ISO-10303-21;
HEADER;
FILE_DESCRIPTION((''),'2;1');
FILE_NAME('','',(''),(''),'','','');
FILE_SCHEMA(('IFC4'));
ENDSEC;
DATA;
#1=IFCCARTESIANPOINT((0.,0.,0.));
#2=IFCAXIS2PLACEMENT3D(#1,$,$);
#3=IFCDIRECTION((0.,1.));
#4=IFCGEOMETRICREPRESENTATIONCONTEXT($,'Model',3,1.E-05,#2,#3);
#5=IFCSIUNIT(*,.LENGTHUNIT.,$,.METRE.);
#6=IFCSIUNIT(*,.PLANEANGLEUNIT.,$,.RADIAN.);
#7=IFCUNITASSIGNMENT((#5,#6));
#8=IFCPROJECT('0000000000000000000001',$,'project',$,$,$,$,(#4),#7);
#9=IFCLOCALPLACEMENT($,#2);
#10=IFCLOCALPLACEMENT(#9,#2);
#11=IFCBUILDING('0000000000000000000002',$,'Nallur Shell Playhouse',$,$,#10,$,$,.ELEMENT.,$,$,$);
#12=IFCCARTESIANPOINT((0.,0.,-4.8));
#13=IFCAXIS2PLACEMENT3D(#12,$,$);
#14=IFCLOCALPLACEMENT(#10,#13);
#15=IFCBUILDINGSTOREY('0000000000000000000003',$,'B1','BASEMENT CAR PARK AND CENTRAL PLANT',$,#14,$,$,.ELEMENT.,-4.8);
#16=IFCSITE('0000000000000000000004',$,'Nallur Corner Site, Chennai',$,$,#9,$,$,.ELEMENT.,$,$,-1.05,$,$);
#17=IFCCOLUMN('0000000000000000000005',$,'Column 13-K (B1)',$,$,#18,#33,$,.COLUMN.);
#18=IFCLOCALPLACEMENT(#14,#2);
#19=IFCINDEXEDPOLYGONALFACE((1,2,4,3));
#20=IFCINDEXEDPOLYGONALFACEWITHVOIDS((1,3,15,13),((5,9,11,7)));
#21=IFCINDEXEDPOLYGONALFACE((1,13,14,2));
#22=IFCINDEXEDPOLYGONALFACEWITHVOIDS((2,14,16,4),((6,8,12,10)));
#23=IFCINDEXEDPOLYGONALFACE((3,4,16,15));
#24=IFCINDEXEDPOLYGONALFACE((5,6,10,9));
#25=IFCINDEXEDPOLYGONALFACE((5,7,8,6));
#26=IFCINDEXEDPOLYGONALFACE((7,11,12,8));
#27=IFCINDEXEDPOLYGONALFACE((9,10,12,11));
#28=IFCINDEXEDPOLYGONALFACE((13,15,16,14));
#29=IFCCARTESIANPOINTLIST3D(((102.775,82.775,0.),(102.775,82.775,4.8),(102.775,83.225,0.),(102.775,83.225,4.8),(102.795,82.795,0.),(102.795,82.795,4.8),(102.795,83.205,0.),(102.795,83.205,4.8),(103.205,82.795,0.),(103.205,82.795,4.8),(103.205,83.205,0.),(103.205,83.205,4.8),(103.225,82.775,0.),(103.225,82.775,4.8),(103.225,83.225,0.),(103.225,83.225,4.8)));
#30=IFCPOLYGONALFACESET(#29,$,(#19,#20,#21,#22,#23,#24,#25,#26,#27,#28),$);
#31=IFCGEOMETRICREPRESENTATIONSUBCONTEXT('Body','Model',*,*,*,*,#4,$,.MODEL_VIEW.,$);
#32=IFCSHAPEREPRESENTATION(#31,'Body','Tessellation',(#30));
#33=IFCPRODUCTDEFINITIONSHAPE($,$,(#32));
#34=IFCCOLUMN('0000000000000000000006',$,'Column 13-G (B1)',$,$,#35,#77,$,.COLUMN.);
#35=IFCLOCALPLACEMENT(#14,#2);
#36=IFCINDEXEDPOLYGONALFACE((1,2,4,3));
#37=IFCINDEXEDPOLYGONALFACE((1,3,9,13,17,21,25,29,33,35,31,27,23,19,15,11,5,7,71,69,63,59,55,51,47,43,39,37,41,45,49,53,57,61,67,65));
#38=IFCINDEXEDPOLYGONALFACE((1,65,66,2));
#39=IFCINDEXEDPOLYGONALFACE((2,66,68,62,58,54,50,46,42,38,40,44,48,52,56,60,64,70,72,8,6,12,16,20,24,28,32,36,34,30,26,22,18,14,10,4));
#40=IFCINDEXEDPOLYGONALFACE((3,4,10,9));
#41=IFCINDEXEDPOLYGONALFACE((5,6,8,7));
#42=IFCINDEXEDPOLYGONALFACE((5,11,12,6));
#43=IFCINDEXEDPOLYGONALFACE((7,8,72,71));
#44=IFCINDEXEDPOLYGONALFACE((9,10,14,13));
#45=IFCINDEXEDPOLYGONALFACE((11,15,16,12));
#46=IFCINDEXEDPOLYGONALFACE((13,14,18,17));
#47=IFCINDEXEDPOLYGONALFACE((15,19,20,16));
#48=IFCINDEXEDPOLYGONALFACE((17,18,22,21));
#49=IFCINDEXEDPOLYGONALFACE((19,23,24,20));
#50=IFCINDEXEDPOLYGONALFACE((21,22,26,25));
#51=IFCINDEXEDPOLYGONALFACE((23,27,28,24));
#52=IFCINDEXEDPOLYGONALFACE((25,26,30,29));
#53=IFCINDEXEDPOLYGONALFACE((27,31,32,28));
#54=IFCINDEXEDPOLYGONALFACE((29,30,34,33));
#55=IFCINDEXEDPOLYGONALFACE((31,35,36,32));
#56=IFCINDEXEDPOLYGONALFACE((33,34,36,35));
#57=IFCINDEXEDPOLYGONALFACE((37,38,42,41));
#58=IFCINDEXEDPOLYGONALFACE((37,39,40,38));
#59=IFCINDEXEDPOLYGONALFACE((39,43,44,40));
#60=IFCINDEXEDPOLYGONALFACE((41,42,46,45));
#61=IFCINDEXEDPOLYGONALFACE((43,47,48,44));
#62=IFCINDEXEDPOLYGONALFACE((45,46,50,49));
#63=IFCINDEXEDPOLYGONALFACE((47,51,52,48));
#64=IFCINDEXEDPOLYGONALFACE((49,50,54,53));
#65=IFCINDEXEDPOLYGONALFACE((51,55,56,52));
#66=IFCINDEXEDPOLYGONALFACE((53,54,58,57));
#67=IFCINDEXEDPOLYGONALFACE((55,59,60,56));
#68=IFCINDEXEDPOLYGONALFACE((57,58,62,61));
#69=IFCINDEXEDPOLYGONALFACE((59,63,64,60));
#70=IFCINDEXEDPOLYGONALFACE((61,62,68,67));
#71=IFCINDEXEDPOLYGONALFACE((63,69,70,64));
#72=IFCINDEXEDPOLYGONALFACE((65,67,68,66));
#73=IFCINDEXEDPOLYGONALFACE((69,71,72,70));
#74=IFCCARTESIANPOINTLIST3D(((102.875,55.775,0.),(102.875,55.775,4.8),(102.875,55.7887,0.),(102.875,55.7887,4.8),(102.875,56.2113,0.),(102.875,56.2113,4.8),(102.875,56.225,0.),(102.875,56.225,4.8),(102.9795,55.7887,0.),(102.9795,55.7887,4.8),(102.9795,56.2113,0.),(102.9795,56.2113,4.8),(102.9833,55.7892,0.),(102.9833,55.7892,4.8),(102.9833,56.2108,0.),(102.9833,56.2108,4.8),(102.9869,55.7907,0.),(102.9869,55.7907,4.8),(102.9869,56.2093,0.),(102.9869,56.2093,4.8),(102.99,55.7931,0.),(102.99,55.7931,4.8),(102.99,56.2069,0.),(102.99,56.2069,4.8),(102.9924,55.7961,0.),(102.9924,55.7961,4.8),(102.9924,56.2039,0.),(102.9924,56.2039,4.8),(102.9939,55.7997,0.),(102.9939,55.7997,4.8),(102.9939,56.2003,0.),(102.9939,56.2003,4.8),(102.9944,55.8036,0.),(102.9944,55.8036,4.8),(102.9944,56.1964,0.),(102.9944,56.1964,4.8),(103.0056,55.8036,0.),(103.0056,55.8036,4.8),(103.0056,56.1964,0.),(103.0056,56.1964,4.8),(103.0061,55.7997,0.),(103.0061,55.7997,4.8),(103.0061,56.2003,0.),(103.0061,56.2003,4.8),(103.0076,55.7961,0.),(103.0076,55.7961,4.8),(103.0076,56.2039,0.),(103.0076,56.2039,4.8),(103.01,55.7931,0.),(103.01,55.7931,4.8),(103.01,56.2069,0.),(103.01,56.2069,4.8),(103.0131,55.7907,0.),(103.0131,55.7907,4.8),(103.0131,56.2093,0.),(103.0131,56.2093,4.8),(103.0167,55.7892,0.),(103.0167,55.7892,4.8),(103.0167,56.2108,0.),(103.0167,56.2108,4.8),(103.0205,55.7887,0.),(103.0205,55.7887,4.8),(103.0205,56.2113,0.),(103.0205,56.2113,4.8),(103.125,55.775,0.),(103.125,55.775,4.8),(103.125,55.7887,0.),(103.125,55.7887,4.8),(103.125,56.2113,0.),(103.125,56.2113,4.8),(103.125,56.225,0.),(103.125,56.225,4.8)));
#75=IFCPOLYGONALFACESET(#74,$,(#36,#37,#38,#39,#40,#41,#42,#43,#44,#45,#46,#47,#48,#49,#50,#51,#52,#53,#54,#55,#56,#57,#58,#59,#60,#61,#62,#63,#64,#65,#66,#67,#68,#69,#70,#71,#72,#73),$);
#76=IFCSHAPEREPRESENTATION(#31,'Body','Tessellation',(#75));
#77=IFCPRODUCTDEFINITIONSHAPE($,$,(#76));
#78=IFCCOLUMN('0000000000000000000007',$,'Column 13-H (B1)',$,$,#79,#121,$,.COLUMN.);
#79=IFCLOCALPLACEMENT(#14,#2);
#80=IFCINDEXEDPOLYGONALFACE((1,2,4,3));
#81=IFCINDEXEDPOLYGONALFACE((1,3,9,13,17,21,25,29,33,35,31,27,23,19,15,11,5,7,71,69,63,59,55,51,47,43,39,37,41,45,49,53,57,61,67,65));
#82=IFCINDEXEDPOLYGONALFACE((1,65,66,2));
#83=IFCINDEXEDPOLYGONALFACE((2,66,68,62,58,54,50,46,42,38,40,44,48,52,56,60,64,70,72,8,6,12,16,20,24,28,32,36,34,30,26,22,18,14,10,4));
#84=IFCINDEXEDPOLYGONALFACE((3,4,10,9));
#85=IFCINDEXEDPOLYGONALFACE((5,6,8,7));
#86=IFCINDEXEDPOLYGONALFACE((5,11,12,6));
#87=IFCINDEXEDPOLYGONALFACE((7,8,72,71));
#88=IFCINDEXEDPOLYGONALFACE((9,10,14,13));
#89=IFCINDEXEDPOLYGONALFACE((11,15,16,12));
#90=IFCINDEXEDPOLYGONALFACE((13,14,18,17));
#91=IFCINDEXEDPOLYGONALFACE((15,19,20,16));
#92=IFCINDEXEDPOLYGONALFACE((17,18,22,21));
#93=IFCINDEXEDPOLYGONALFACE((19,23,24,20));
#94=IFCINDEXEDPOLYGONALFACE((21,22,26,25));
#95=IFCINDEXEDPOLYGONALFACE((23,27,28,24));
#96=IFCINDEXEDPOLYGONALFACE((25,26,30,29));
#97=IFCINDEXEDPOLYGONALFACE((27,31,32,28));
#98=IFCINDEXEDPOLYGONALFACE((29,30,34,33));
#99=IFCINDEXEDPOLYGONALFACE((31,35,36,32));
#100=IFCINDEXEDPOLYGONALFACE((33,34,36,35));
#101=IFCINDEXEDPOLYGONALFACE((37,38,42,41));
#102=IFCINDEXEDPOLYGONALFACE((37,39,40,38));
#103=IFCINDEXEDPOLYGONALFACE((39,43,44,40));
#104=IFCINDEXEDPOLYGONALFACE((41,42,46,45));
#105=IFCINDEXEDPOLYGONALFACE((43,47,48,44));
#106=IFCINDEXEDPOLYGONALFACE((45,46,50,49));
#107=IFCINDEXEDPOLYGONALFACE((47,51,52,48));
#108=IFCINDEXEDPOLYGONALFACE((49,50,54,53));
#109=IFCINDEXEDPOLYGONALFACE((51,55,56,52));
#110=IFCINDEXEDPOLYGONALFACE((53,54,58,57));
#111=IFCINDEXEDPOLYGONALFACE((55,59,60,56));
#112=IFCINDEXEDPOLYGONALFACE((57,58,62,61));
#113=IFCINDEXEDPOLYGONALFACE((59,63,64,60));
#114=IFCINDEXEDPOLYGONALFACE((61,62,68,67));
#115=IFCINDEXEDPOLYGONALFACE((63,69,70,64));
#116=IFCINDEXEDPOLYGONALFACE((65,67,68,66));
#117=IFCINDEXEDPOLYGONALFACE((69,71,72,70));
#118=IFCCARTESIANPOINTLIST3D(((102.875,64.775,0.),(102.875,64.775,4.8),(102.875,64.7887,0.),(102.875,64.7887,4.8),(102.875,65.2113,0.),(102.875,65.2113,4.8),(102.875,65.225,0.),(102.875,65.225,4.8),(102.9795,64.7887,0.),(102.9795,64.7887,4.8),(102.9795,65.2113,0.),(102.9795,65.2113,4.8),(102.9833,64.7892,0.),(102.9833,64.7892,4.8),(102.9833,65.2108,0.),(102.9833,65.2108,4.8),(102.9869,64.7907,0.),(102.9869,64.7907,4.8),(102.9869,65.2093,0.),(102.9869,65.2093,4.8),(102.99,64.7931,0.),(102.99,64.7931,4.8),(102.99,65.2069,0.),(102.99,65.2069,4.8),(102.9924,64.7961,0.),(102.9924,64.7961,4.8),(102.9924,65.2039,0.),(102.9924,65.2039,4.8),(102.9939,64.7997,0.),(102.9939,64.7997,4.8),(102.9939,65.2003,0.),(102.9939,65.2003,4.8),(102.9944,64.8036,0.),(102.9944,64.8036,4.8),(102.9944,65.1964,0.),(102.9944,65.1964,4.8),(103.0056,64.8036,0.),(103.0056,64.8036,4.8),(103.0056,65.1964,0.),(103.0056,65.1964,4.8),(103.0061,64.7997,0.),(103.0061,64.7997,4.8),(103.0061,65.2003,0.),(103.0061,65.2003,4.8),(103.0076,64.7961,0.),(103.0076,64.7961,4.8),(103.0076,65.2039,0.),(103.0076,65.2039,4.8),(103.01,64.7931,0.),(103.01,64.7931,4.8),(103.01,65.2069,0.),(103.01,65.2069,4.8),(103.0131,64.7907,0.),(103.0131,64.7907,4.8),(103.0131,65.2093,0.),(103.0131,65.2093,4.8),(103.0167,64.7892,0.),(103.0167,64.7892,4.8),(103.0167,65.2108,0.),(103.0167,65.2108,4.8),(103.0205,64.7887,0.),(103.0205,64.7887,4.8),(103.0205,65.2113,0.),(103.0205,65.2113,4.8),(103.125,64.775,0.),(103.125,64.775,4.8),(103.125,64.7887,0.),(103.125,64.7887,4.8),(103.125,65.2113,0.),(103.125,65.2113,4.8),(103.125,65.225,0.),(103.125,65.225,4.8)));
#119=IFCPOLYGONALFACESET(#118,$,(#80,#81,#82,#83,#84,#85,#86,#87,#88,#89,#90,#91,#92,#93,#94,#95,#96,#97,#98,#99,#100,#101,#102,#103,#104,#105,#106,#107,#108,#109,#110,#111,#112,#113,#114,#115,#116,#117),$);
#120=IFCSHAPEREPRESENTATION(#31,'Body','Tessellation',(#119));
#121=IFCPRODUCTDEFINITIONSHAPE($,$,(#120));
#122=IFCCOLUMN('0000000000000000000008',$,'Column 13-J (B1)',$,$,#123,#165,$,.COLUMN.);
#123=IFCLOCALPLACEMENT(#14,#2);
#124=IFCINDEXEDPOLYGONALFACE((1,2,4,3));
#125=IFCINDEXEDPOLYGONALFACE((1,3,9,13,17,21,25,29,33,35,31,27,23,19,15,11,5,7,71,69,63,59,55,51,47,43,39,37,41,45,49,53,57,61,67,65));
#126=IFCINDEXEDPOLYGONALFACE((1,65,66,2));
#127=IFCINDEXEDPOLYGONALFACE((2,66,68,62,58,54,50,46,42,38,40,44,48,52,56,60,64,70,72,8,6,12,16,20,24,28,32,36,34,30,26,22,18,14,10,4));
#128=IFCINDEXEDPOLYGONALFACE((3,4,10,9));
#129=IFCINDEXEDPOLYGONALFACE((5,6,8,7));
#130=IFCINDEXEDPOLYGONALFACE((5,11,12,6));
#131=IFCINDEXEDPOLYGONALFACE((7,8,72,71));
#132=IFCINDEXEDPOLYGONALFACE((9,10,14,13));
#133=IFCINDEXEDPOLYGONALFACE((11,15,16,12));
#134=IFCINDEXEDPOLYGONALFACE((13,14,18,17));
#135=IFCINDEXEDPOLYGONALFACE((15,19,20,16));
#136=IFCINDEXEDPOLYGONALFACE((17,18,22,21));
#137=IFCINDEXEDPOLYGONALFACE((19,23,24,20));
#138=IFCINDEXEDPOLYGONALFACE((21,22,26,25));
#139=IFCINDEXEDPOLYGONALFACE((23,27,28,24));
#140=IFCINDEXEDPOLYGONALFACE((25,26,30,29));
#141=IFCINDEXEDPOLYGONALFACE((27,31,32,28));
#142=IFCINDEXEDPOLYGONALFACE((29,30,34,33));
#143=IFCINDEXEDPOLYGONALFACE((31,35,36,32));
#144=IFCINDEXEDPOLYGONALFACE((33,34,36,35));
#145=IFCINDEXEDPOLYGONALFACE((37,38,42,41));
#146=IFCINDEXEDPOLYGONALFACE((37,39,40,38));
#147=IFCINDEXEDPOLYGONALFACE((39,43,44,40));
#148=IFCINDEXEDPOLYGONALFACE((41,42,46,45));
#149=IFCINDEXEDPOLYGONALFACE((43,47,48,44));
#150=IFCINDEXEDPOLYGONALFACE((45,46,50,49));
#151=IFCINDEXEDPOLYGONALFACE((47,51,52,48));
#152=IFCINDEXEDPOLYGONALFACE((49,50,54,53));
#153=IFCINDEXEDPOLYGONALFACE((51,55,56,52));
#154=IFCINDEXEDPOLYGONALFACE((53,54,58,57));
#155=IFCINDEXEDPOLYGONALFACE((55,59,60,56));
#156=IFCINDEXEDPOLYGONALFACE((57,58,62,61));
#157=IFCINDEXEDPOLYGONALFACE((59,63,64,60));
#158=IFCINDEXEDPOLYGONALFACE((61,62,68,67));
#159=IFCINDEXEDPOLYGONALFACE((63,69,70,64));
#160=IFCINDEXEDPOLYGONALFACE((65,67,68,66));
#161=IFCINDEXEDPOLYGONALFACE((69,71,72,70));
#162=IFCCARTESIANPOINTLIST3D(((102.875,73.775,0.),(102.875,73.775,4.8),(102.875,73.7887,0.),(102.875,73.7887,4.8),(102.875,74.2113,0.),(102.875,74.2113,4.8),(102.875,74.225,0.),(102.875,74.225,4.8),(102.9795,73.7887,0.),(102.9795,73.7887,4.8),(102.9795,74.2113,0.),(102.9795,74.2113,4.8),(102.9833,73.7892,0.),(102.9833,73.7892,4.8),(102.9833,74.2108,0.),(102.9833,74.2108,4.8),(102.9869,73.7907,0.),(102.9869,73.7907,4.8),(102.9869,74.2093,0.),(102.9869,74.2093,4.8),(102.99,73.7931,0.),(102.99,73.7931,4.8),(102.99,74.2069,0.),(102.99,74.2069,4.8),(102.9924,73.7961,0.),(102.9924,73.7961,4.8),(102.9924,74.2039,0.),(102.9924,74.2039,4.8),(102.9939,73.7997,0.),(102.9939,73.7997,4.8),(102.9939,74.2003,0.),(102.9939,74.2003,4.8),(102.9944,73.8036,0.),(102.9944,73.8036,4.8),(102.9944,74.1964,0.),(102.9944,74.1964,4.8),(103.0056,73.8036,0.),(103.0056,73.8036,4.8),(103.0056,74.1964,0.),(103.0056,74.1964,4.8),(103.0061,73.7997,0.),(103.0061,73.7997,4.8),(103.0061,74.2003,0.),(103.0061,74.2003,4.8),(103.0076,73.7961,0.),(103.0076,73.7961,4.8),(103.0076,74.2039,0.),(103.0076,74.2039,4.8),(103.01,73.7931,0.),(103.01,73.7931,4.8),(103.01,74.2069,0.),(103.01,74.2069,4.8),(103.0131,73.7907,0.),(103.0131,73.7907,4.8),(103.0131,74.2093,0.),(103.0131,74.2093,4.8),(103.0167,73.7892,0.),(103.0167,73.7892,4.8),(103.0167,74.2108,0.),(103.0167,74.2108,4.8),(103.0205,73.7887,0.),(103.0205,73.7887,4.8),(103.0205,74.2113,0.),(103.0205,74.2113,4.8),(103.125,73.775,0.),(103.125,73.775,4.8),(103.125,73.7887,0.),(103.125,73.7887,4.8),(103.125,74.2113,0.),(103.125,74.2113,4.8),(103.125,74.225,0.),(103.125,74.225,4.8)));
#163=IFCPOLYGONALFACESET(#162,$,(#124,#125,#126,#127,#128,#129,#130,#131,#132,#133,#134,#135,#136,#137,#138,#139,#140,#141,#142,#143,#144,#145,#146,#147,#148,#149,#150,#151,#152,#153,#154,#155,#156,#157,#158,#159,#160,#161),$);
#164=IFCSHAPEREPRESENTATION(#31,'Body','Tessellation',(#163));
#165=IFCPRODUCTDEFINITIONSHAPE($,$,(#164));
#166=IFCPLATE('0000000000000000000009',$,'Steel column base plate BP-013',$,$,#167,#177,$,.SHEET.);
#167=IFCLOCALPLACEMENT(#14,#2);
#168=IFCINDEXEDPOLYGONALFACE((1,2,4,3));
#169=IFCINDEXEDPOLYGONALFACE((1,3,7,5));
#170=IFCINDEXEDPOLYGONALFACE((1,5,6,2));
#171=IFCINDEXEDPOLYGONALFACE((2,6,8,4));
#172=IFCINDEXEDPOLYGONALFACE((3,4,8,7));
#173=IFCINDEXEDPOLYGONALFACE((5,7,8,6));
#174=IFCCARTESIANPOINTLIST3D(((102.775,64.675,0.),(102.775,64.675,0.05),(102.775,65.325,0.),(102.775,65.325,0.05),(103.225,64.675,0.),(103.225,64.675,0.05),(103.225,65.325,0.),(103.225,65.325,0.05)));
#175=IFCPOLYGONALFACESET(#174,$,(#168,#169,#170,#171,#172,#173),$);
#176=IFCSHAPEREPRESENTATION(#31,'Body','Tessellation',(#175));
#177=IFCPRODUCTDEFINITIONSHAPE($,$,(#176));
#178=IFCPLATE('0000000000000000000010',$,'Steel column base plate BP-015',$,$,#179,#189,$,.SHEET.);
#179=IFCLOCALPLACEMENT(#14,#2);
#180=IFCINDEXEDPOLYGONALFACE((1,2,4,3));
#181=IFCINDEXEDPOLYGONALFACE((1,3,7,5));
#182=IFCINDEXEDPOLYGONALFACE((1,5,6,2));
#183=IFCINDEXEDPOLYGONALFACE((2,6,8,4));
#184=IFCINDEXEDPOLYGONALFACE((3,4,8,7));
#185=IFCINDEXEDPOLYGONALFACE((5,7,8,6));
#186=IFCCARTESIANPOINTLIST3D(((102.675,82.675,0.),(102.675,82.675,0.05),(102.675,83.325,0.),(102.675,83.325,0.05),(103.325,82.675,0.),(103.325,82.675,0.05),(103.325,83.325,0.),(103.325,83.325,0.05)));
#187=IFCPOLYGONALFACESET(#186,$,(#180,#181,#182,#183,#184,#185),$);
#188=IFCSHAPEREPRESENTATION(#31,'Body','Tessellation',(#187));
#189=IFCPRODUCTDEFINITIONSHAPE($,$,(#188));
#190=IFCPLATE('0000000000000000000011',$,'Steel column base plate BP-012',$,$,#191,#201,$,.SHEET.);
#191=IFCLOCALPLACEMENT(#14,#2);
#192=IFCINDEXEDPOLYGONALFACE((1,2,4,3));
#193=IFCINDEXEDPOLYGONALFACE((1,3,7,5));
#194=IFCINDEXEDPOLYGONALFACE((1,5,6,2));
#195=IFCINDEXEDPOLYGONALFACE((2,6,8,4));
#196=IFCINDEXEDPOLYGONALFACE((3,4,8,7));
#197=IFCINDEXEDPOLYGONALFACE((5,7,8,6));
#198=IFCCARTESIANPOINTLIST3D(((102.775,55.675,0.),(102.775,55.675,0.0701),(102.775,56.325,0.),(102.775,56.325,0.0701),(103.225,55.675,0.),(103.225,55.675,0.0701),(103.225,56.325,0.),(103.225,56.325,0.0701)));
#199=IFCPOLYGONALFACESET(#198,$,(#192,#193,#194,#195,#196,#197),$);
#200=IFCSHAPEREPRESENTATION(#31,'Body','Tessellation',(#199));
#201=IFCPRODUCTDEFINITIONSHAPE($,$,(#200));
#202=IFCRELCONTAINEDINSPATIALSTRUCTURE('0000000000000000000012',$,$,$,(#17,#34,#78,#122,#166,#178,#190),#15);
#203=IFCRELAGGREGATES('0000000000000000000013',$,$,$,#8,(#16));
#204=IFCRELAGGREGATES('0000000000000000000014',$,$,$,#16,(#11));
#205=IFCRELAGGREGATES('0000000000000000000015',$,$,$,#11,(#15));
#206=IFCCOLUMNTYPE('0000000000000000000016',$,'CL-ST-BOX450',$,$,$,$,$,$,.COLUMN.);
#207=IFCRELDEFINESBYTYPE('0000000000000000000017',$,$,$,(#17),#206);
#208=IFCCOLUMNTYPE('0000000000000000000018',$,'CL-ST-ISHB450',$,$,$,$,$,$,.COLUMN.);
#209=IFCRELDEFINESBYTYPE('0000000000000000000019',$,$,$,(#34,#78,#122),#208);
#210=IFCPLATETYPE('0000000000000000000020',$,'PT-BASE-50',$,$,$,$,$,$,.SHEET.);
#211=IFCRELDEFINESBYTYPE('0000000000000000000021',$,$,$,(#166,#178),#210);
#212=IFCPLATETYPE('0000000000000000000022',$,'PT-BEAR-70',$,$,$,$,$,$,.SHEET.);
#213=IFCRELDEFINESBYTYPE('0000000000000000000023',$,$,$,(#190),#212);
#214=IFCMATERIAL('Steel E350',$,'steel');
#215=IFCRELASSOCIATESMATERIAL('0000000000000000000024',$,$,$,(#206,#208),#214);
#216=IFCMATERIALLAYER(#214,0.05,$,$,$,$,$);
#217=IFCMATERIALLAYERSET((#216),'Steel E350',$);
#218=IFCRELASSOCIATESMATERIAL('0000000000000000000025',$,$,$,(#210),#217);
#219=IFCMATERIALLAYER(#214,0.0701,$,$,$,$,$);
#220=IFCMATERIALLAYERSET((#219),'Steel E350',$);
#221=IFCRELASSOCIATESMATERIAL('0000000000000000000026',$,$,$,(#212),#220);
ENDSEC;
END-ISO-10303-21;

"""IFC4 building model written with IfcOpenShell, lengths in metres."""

from ifc_helpers import new_model, si_unit, direction, frame, origin, origin_2d, place, context, subcontext, project, spatial, rectangle, hollow_rectangle, i_section, extrude, material, layer, layer_set, material_profile, profile_set, type_object, element, save


model = new_model("IFC4")

# Units and contexts
model_context = context("Model", 3, precision=1e-05, world=origin(), true_north=direction((0.0, 1.0)))
body_context = subcontext(model_context, "Body", "Model", "MODEL_VIEW")
ifc_project = project(units=[si_unit("LENGTHUNIT", "METRE"), si_unit("PLANEANGLEUNIT", "RADIAN")], contexts=[model_context])

# Site, building, storey
site_placement = place(None, origin())
site = spatial("IfcSite", under=ifc_project, at=site_placement, Name="Nallur Corner Site, Chennai", CompositionType="ELEMENT", RefElevation=-1.05)
building_placement = place(site_placement, origin())
building = spatial("IfcBuilding", under=site, at=building_placement, Name="Nallur Shell Playhouse", CompositionType="ELEMENT")
storey_placement = place(building_placement, frame((0.0, 0.0, -4.8)))
storey = spatial("IfcBuildingStorey", under=building, at=storey_placement, Name="B1", Description="BASEMENT CAR PARK AND CENTRAL PLANT", CompositionType="ELEMENT", Elevation=-4.8)

# Columns
ifc_material_1 = material(Name="Steel E350", Category="steel")
ifc_material_profile_1 = material_profile(ifc_material_1, hollow_rectangle(XDim=0.45, YDim=0.45, WallThickness=0.02, at=origin_2d()), Name="BOX 450x450x20")
ifc_profile_set_1 = profile_set([ifc_material_profile_1], Name="Steel E350")
column_type_1 = type_object("IfcColumnType", Name="CL-ST-BOX450", PredefinedType="COLUMN", material=ifc_profile_set_1)
column_1_placement = place(storey_placement, frame((103.0, 83.0, 0.0), z_axis=(0.0, 0.0, 1.0), x_axis=(1.0, 0.0, 0.0)))
element("IfcColumn", 1, at=column_1_placement, inside=storey, type_object=column_type_1, Name="Column 13-K (B1)", PredefinedType="COLUMN", context=body_context, shape_type="SweptSolid", body=[
    extrude(hollow_rectangle(XDim=0.45, YDim=0.45, WallThickness=0.02, at=origin_2d()), origin(), (0.0, 0.0, 1.0), 4.8),
])
ifc_material_profile_2 = material_profile(ifc_material_1, i_section(OverallWidth=0.25, OverallDepth=0.45, WebThickness=0.0112, FlangeThickness=0.0137, FilletRadius=0.0149, at=origin_2d()), Name="ISHB 450")
ifc_profile_set_2 = profile_set([ifc_material_profile_2], Name="Steel E350")
column_type_2 = type_object("IfcColumnType", Name="CL-ST-ISHB450", PredefinedType="COLUMN", material=ifc_profile_set_2)
for number, where, z_axis, x_axis, name in (
    (2, (103.0, 56.0, 0.0), (0.0, 0.0, 1.0), (1.0, 0.0, 0.0), "Column 13-G (B1)"),
    (3, (103.0, 65.0, 0.0), (0.0, 0.0, 1.0), (1.0, 0.0, 0.0), "Column 13-H (B1)"),
    (4, (103.0, 74.0, 0.0), (0.0, 0.0, 1.0), (1.0, 0.0, 0.0), "Column 13-J (B1)"),
):
    element("IfcColumn", number, at=place(storey_placement, frame(where, z_axis=z_axis, x_axis=x_axis)), inside=storey, type_object=column_type_2, Name=name, PredefinedType="COLUMN", context=body_context, shape_type="SweptSolid", body=[
        extrude(i_section(OverallWidth=0.25, OverallDepth=0.45, WebThickness=0.0112, FlangeThickness=0.0137, FilletRadius=0.0149, at=origin_2d()), origin(), (0.0, 0.0, 1.0), 4.8),
    ])

# Plates
ifc_layer_1 = layer(ifc_material_1, 0.05)
ifc_layer_set_1 = layer_set([ifc_layer_1], Name="Steel E350")
plate_type_1 = type_object("IfcPlateType", Name="PT-BASE-50", PredefinedType="SHEET", material=ifc_layer_set_1)
plate_1_placement = place(storey_placement, frame((103.0, 65.0, 0.0), z_axis=(0.0, 0.0, 1.0), x_axis=(1.0, 0.0, 0.0)))
element("IfcPlate", 5, at=plate_1_placement, inside=storey, type_object=plate_type_1, Name="Steel column base plate BP-013", PredefinedType="SHEET", context=body_context, shape_type="SweptSolid", body=[
    extrude(rectangle(XDim=0.45, YDim=0.6499, at=origin_2d()), origin(), (0.0, 0.0, 1.0), 0.05),
])
plate_2_placement = place(storey_placement, frame((103.0, 83.0, 0.0), z_axis=(0.0, 0.0, 1.0), x_axis=(1.0, 0.0, 0.0)))
element("IfcPlate", 6, at=plate_2_placement, inside=storey, type_object=plate_type_1, Name="Steel column base plate BP-015", PredefinedType="SHEET", context=body_context, shape_type="SweptSolid", body=[
    extrude(rectangle(XDim=0.6499, YDim=0.6499, at=origin_2d()), origin(), (0.0, 0.0, 1.0), 0.05),
])
ifc_layer_2 = layer(ifc_material_1, 0.0701)
ifc_layer_set_2 = layer_set([ifc_layer_2], Name="Steel E350")
plate_type_2 = type_object("IfcPlateType", Name="PT-BEAR-70", PredefinedType="SHEET", material=ifc_layer_set_2)
for number, where, z_axis, x_axis, name in (
    (7, (103.0, 56.0, 0.0), (0.0, 0.0, 1.0), (1.0, 0.0, 0.0), "Steel column base plate BP-012"),
):
    element("IfcPlate", number, at=place(storey_placement, frame(where, z_axis=z_axis, x_axis=x_axis)), inside=storey, type_object=plate_type_2, Name=name, PredefinedType="SHEET", context=body_context, shape_type="SweptSolid", body=[
        extrude(rectangle(XDim=0.45, YDim=0.6499, at=origin_2d()), origin(), (0.0, 0.0, 1.0), 0.0701),
    ])

save(model, "model.ifc")
